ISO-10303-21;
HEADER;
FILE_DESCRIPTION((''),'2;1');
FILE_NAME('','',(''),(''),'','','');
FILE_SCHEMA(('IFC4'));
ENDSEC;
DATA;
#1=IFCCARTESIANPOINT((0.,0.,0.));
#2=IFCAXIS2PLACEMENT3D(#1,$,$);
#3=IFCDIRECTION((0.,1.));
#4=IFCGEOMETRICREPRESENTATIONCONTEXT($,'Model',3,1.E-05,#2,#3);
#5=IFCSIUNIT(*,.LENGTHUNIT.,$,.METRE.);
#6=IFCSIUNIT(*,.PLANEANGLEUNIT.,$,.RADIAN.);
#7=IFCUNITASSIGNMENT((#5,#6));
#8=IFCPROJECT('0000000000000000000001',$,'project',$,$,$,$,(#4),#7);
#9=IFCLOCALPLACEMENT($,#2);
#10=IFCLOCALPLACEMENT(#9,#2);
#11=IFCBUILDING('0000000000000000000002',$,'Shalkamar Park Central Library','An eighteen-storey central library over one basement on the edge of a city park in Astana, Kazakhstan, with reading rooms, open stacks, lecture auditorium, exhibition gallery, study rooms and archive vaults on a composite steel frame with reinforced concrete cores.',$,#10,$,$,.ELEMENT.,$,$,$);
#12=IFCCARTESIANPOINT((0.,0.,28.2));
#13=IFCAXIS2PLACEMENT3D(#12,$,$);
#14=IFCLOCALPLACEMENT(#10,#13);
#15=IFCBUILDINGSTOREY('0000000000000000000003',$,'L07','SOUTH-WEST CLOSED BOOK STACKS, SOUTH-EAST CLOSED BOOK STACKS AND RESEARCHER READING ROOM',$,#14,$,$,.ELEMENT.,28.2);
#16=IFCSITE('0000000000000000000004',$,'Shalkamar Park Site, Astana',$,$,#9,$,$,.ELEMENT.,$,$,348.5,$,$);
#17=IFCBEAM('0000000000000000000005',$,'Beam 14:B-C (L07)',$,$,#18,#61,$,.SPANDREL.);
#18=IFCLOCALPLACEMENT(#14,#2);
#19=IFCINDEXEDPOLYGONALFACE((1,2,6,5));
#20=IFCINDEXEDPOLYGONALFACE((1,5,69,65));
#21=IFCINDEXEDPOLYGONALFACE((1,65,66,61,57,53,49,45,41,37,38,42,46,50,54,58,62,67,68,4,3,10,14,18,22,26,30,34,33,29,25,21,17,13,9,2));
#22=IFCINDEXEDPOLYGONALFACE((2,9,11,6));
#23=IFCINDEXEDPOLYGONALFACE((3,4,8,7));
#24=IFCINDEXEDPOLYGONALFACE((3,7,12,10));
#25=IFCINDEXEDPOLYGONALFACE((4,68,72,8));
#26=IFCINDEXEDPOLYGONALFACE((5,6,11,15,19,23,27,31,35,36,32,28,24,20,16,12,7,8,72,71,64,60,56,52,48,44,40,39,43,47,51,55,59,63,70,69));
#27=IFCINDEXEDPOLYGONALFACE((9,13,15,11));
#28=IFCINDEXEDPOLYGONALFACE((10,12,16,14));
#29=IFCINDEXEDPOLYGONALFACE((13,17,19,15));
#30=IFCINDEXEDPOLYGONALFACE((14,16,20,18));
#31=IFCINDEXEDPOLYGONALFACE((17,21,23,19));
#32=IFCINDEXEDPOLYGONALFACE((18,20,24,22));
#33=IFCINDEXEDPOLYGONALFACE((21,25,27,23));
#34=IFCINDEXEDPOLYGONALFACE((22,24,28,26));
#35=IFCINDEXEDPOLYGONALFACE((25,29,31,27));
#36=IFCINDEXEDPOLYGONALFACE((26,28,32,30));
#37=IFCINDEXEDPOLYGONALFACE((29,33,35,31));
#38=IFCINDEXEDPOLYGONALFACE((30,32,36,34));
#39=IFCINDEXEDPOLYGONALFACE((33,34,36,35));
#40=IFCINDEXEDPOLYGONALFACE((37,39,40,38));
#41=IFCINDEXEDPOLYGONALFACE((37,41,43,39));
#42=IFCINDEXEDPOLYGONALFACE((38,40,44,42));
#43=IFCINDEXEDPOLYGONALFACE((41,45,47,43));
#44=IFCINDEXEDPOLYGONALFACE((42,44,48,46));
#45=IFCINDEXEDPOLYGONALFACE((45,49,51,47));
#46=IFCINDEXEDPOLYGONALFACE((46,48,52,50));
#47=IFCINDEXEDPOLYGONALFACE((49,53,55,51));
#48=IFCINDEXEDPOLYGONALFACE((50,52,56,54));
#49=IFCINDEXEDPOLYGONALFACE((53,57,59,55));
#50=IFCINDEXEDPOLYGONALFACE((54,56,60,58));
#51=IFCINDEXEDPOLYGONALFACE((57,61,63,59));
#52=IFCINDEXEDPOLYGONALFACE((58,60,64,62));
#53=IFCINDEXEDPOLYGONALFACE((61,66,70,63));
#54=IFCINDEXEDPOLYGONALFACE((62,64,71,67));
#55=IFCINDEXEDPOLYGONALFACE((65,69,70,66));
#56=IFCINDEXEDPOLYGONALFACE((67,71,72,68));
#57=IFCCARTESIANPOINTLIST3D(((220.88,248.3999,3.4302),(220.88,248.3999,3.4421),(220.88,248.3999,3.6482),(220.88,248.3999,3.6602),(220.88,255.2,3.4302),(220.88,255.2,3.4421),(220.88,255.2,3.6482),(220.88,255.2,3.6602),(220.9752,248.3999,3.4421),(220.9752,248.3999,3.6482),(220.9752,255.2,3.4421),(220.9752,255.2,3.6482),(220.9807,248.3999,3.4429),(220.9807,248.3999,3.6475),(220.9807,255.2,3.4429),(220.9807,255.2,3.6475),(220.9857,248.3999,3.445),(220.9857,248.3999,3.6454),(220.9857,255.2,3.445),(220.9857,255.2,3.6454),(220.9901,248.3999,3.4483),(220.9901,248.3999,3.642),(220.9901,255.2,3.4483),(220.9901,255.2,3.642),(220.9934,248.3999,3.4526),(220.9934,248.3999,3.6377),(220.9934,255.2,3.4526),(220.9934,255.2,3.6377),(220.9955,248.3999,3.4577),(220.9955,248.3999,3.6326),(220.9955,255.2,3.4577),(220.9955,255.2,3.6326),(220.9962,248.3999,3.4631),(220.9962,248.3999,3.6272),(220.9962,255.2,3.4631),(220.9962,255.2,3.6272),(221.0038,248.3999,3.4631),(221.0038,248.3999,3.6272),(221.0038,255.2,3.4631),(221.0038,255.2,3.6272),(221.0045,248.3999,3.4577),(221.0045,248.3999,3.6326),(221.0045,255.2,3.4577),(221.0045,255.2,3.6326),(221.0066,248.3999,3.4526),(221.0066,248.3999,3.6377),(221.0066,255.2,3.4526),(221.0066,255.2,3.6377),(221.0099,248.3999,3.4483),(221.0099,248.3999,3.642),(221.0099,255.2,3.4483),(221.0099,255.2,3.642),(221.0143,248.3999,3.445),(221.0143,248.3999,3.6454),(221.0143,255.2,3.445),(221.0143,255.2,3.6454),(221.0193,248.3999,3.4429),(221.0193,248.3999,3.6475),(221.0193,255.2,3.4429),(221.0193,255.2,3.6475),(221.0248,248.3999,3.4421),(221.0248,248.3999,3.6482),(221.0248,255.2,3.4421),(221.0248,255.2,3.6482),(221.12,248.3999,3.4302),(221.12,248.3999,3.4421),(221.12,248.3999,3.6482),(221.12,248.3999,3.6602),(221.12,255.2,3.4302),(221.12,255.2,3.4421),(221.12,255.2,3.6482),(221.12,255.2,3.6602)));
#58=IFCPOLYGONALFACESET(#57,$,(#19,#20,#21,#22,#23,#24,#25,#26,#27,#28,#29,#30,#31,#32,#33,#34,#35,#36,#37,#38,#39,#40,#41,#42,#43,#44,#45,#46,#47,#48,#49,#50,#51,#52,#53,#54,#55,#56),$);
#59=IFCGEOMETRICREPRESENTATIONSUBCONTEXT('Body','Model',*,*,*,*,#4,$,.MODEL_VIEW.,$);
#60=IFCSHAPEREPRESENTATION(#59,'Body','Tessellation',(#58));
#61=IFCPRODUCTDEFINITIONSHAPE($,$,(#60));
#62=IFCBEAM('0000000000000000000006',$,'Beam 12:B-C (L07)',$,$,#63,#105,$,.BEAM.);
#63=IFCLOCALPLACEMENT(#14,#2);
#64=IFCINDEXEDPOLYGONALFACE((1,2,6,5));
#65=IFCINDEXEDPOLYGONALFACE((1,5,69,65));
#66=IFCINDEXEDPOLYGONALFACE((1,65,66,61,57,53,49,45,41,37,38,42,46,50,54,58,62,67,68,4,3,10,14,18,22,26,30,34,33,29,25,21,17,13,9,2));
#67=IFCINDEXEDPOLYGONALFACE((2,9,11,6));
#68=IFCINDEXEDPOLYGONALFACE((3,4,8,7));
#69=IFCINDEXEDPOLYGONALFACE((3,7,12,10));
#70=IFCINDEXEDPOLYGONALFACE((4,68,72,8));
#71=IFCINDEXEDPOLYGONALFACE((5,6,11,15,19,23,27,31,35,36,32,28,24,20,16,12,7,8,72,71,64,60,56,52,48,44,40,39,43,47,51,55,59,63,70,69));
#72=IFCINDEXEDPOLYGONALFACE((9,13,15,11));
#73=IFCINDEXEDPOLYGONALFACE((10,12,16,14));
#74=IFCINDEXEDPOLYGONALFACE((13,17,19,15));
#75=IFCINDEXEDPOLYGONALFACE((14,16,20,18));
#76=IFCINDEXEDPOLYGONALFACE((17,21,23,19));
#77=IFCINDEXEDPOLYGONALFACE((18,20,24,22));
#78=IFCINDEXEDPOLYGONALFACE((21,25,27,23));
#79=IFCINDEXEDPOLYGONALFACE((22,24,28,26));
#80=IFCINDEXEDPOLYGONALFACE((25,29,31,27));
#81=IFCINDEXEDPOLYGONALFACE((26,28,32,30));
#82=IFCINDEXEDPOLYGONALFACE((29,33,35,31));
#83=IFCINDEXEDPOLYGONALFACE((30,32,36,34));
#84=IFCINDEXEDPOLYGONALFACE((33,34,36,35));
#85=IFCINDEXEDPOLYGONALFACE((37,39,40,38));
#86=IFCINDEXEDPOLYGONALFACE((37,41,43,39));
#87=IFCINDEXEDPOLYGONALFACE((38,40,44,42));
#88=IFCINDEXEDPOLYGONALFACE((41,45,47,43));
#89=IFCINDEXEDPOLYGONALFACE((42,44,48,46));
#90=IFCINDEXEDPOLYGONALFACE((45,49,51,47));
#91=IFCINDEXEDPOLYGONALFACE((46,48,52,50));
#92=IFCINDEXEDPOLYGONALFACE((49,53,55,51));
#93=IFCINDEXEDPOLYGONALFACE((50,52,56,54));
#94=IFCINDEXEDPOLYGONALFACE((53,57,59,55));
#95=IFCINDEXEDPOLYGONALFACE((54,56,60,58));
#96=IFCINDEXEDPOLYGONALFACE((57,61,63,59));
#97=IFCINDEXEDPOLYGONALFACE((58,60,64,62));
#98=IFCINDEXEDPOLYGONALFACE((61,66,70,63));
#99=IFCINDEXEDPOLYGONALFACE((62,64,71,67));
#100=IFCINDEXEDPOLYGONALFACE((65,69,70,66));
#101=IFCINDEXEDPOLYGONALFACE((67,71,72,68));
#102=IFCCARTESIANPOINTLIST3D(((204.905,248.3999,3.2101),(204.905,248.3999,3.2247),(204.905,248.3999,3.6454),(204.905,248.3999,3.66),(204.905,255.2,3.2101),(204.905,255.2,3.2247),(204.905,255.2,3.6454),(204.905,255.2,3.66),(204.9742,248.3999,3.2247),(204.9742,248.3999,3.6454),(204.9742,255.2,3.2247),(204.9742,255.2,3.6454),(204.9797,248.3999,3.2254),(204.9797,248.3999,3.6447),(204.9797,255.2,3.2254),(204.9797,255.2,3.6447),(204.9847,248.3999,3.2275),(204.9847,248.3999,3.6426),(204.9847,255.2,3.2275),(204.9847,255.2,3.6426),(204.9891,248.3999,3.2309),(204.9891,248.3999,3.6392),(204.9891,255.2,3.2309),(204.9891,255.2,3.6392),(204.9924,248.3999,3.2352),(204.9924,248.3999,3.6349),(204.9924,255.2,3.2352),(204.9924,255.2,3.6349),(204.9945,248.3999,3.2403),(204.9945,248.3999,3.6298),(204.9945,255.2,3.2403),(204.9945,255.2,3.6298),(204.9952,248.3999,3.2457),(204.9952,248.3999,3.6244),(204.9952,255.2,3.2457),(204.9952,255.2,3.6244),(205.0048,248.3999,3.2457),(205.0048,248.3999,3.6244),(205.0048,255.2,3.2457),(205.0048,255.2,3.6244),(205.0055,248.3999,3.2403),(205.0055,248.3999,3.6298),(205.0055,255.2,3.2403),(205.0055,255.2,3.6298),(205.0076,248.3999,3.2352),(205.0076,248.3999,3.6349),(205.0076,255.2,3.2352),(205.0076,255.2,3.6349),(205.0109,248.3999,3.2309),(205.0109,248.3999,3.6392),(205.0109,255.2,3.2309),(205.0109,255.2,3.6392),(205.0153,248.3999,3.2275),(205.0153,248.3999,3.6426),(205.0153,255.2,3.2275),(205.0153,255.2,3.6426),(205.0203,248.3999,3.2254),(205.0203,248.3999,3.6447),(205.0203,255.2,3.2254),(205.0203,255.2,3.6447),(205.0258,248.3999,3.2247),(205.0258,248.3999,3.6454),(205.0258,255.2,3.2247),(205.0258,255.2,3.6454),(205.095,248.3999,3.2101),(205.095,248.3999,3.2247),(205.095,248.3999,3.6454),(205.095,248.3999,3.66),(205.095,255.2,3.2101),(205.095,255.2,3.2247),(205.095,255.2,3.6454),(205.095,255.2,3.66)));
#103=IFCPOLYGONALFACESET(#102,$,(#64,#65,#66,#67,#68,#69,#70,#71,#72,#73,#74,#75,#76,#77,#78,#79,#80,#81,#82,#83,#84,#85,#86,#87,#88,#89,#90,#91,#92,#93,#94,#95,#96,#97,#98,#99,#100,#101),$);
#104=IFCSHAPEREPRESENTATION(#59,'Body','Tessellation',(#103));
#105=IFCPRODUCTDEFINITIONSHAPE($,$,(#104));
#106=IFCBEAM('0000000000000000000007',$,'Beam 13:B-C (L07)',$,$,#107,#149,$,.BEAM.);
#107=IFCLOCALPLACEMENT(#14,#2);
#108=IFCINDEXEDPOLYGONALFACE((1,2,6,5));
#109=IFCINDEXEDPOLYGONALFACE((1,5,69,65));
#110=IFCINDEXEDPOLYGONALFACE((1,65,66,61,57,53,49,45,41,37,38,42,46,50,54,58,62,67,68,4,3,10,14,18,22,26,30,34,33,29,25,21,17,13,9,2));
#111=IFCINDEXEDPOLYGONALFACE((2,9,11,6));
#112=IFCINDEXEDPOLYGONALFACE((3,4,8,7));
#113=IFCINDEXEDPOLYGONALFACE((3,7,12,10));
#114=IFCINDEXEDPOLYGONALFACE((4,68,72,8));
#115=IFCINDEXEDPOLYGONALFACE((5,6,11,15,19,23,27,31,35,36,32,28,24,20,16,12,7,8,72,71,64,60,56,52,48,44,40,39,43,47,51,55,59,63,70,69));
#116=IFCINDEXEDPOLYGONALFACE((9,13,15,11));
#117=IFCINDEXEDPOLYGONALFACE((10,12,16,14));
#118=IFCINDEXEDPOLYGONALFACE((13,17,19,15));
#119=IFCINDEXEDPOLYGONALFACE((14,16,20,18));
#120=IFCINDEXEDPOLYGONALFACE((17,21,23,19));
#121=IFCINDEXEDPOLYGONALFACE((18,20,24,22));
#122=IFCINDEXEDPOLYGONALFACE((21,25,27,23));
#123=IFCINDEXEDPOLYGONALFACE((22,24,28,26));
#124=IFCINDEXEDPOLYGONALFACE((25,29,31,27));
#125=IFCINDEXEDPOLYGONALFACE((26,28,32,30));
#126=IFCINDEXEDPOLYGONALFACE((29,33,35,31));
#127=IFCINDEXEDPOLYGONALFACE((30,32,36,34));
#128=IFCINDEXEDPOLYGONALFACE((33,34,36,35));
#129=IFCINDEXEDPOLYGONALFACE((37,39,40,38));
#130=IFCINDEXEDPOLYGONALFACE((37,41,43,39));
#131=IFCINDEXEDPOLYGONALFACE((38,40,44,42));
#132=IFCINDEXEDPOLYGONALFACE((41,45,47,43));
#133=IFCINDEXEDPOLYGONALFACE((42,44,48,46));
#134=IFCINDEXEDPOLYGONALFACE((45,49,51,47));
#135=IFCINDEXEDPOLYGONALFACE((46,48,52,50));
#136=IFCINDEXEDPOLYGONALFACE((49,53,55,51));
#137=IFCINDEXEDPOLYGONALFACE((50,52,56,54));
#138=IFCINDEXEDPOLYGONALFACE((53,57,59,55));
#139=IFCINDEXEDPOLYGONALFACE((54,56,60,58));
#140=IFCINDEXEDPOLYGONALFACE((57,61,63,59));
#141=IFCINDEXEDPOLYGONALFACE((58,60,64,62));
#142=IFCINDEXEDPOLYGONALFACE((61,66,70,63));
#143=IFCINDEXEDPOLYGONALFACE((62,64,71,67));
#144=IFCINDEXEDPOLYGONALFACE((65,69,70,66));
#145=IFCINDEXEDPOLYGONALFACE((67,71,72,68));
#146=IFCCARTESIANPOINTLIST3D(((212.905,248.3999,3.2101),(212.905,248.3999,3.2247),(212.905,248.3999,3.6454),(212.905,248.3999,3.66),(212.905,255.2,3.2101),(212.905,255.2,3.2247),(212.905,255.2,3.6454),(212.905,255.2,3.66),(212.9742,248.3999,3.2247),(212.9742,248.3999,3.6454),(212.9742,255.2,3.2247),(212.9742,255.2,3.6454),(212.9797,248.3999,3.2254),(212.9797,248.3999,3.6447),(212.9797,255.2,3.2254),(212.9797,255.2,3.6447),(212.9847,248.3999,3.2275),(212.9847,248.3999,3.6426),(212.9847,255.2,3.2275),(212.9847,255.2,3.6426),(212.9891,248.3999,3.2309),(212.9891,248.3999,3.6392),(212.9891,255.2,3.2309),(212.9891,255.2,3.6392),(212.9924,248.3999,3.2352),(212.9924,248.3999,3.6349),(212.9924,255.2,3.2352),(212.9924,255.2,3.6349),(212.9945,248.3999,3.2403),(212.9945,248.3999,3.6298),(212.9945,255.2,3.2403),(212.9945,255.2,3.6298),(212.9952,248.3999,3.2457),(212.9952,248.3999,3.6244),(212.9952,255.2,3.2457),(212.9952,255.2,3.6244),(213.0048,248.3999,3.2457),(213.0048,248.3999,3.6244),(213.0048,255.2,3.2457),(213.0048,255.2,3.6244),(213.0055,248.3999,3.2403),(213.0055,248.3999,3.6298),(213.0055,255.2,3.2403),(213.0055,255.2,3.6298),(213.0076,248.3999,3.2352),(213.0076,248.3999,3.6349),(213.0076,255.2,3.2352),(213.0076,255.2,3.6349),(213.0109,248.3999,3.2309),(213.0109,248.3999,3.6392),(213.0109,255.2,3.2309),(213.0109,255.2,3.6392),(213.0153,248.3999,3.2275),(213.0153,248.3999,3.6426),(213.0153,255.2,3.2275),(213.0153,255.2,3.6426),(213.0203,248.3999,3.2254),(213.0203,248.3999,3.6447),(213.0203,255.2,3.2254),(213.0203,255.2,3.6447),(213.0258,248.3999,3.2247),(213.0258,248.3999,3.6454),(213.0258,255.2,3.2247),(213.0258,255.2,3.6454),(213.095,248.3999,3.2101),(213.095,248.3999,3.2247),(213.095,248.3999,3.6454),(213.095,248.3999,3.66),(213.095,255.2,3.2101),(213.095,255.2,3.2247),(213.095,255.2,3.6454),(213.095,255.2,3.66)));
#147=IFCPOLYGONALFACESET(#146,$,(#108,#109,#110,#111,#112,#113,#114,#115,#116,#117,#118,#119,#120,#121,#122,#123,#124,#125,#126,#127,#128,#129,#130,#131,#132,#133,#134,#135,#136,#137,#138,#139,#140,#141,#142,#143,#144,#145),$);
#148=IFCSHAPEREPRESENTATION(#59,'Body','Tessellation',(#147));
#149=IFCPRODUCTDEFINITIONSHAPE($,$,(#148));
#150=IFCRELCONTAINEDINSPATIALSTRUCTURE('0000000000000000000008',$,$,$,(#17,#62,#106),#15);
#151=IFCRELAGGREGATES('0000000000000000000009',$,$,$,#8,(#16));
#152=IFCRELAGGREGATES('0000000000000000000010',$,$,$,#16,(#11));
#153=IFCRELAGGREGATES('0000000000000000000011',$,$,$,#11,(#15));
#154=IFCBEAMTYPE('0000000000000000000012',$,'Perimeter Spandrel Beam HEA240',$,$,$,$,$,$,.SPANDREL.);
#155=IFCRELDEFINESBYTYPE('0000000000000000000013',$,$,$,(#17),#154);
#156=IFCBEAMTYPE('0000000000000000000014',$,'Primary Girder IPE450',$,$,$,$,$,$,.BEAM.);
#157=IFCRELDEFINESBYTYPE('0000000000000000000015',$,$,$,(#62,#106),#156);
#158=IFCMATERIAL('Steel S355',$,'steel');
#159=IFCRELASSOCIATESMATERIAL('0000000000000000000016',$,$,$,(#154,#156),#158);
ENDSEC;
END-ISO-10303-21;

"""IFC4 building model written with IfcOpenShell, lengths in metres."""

from ifc_helpers import new_model, si_unit, direction, frame, origin, origin_2d, place, context, subcontext, project, spatial, i_section, extrude, material, material_profile, profile_set, type_object, element, save


model = new_model("IFC4")

# Units and contexts
model_context = context("Model", 3, precision=1e-05, world=origin(), true_north=direction((0.0, 1.0)))
body_context = subcontext(model_context, "Body", "Model", "MODEL_VIEW")
ifc_project = project(units=[si_unit("LENGTHUNIT", "METRE"), si_unit("PLANEANGLEUNIT", "RADIAN")], contexts=[model_context])

# Site, building, storey
site_placement = place(None, origin())
site = spatial("IfcSite", under=ifc_project, at=site_placement, Name="Shalkamar Park Site, Astana", CompositionType="ELEMENT", RefElevation=348.5)
building_placement = place(site_placement, origin())
building = spatial("IfcBuilding", under=site, at=building_placement, Name="Shalkamar Park Central Library", Description="An eighteen-storey central library over one basement on the edge of a city park in Astana, Kazakhstan, with reading rooms, open stacks, lecture auditorium, exhibition gallery, study rooms and archive vaults on a composite steel frame with reinforced concrete cores.", CompositionType="ELEMENT")
storey_placement = place(building_placement, frame((0.0, 0.0, 28.2)))
storey = spatial("IfcBuildingStorey", under=building, at=storey_placement, Name="L07", Description="SOUTH-WEST CLOSED BOOK STACKS, SOUTH-EAST CLOSED BOOK STACKS AND RESEARCHER READING ROOM", CompositionType="ELEMENT", Elevation=28.2)

# Shared definitions
ifc_material_1 = material(Name="Steel S355", Category="steel")

# Beams
ifc_material_profile_1 = material_profile(ifc_material_1, i_section(OverallWidth=0.24, OverallDepth=0.23, WebThickness=0.0076, FlangeThickness=0.012, FilletRadius=0.021, at=origin_2d()), Name="HEA 240")
ifc_profile_set_1 = profile_set([ifc_material_profile_1], Name="Steel S355")
beam_type_1 = type_object("IfcBeamType", Name="Perimeter Spandrel Beam HEA240", PredefinedType="SPANDREL", material=ifc_profile_set_1)
beam_1_placement = place(storey_placement, frame((221.0, 248.3999, 3.5452), z_axis=(0.0, 1.0, 0.0), x_axis=(-1.0, 0.0, 0.0)))
element("IfcBeam", 1, at=beam_1_placement, inside=storey, type_object=beam_type_1, Name="Beam 14:B-C (L07)", PredefinedType="SPANDREL", context=body_context, shape_type="SweptSolid", body=[
    extrude(i_section(OverallWidth=0.24, OverallDepth=0.23, WebThickness=0.0076, FlangeThickness=0.012, FilletRadius=0.021, at=origin_2d()), origin(), (0.0, 0.0, 1.0), 6.8),
])
ifc_material_profile_2 = material_profile(ifc_material_1, i_section(OverallWidth=0.1899, OverallDepth=0.45, WebThickness=0.0095, FlangeThickness=0.0146, FilletRadius=0.021, at=origin_2d()), Name="IPE 450")
ifc_profile_set_2 = profile_set([ifc_material_profile_2], Name="Steel S355")
beam_type_2 = type_object("IfcBeamType", Name="Primary Girder IPE450", PredefinedType="BEAM", material=ifc_profile_set_2)
for number, where, z_axis, x_axis, name in (
    (2, (205.0, 248.3999, 3.4351), (0.0, 1.0, 0.0), (-1.0, 0.0, 0.0), "Beam 12:B-C (L07)"),
    (3, (213.0, 248.3999, 3.4351), (0.0, 1.0, 0.0), (-1.0, 0.0, 0.0), "Beam 13:B-C (L07)"),
):
    element("IfcBeam", number, at=place(storey_placement, frame(where, z_axis=z_axis, x_axis=x_axis)), inside=storey, type_object=beam_type_2, Name=name, PredefinedType="BEAM", context=body_context, shape_type="SweptSolid", body=[
        extrude(i_section(OverallWidth=0.1899, OverallDepth=0.45, WebThickness=0.0095, FlangeThickness=0.0146, FilletRadius=0.021, at=origin_2d()), origin(), (0.0, 0.0, 1.0), 6.8),
    ])

save(model, "model.ifc")
